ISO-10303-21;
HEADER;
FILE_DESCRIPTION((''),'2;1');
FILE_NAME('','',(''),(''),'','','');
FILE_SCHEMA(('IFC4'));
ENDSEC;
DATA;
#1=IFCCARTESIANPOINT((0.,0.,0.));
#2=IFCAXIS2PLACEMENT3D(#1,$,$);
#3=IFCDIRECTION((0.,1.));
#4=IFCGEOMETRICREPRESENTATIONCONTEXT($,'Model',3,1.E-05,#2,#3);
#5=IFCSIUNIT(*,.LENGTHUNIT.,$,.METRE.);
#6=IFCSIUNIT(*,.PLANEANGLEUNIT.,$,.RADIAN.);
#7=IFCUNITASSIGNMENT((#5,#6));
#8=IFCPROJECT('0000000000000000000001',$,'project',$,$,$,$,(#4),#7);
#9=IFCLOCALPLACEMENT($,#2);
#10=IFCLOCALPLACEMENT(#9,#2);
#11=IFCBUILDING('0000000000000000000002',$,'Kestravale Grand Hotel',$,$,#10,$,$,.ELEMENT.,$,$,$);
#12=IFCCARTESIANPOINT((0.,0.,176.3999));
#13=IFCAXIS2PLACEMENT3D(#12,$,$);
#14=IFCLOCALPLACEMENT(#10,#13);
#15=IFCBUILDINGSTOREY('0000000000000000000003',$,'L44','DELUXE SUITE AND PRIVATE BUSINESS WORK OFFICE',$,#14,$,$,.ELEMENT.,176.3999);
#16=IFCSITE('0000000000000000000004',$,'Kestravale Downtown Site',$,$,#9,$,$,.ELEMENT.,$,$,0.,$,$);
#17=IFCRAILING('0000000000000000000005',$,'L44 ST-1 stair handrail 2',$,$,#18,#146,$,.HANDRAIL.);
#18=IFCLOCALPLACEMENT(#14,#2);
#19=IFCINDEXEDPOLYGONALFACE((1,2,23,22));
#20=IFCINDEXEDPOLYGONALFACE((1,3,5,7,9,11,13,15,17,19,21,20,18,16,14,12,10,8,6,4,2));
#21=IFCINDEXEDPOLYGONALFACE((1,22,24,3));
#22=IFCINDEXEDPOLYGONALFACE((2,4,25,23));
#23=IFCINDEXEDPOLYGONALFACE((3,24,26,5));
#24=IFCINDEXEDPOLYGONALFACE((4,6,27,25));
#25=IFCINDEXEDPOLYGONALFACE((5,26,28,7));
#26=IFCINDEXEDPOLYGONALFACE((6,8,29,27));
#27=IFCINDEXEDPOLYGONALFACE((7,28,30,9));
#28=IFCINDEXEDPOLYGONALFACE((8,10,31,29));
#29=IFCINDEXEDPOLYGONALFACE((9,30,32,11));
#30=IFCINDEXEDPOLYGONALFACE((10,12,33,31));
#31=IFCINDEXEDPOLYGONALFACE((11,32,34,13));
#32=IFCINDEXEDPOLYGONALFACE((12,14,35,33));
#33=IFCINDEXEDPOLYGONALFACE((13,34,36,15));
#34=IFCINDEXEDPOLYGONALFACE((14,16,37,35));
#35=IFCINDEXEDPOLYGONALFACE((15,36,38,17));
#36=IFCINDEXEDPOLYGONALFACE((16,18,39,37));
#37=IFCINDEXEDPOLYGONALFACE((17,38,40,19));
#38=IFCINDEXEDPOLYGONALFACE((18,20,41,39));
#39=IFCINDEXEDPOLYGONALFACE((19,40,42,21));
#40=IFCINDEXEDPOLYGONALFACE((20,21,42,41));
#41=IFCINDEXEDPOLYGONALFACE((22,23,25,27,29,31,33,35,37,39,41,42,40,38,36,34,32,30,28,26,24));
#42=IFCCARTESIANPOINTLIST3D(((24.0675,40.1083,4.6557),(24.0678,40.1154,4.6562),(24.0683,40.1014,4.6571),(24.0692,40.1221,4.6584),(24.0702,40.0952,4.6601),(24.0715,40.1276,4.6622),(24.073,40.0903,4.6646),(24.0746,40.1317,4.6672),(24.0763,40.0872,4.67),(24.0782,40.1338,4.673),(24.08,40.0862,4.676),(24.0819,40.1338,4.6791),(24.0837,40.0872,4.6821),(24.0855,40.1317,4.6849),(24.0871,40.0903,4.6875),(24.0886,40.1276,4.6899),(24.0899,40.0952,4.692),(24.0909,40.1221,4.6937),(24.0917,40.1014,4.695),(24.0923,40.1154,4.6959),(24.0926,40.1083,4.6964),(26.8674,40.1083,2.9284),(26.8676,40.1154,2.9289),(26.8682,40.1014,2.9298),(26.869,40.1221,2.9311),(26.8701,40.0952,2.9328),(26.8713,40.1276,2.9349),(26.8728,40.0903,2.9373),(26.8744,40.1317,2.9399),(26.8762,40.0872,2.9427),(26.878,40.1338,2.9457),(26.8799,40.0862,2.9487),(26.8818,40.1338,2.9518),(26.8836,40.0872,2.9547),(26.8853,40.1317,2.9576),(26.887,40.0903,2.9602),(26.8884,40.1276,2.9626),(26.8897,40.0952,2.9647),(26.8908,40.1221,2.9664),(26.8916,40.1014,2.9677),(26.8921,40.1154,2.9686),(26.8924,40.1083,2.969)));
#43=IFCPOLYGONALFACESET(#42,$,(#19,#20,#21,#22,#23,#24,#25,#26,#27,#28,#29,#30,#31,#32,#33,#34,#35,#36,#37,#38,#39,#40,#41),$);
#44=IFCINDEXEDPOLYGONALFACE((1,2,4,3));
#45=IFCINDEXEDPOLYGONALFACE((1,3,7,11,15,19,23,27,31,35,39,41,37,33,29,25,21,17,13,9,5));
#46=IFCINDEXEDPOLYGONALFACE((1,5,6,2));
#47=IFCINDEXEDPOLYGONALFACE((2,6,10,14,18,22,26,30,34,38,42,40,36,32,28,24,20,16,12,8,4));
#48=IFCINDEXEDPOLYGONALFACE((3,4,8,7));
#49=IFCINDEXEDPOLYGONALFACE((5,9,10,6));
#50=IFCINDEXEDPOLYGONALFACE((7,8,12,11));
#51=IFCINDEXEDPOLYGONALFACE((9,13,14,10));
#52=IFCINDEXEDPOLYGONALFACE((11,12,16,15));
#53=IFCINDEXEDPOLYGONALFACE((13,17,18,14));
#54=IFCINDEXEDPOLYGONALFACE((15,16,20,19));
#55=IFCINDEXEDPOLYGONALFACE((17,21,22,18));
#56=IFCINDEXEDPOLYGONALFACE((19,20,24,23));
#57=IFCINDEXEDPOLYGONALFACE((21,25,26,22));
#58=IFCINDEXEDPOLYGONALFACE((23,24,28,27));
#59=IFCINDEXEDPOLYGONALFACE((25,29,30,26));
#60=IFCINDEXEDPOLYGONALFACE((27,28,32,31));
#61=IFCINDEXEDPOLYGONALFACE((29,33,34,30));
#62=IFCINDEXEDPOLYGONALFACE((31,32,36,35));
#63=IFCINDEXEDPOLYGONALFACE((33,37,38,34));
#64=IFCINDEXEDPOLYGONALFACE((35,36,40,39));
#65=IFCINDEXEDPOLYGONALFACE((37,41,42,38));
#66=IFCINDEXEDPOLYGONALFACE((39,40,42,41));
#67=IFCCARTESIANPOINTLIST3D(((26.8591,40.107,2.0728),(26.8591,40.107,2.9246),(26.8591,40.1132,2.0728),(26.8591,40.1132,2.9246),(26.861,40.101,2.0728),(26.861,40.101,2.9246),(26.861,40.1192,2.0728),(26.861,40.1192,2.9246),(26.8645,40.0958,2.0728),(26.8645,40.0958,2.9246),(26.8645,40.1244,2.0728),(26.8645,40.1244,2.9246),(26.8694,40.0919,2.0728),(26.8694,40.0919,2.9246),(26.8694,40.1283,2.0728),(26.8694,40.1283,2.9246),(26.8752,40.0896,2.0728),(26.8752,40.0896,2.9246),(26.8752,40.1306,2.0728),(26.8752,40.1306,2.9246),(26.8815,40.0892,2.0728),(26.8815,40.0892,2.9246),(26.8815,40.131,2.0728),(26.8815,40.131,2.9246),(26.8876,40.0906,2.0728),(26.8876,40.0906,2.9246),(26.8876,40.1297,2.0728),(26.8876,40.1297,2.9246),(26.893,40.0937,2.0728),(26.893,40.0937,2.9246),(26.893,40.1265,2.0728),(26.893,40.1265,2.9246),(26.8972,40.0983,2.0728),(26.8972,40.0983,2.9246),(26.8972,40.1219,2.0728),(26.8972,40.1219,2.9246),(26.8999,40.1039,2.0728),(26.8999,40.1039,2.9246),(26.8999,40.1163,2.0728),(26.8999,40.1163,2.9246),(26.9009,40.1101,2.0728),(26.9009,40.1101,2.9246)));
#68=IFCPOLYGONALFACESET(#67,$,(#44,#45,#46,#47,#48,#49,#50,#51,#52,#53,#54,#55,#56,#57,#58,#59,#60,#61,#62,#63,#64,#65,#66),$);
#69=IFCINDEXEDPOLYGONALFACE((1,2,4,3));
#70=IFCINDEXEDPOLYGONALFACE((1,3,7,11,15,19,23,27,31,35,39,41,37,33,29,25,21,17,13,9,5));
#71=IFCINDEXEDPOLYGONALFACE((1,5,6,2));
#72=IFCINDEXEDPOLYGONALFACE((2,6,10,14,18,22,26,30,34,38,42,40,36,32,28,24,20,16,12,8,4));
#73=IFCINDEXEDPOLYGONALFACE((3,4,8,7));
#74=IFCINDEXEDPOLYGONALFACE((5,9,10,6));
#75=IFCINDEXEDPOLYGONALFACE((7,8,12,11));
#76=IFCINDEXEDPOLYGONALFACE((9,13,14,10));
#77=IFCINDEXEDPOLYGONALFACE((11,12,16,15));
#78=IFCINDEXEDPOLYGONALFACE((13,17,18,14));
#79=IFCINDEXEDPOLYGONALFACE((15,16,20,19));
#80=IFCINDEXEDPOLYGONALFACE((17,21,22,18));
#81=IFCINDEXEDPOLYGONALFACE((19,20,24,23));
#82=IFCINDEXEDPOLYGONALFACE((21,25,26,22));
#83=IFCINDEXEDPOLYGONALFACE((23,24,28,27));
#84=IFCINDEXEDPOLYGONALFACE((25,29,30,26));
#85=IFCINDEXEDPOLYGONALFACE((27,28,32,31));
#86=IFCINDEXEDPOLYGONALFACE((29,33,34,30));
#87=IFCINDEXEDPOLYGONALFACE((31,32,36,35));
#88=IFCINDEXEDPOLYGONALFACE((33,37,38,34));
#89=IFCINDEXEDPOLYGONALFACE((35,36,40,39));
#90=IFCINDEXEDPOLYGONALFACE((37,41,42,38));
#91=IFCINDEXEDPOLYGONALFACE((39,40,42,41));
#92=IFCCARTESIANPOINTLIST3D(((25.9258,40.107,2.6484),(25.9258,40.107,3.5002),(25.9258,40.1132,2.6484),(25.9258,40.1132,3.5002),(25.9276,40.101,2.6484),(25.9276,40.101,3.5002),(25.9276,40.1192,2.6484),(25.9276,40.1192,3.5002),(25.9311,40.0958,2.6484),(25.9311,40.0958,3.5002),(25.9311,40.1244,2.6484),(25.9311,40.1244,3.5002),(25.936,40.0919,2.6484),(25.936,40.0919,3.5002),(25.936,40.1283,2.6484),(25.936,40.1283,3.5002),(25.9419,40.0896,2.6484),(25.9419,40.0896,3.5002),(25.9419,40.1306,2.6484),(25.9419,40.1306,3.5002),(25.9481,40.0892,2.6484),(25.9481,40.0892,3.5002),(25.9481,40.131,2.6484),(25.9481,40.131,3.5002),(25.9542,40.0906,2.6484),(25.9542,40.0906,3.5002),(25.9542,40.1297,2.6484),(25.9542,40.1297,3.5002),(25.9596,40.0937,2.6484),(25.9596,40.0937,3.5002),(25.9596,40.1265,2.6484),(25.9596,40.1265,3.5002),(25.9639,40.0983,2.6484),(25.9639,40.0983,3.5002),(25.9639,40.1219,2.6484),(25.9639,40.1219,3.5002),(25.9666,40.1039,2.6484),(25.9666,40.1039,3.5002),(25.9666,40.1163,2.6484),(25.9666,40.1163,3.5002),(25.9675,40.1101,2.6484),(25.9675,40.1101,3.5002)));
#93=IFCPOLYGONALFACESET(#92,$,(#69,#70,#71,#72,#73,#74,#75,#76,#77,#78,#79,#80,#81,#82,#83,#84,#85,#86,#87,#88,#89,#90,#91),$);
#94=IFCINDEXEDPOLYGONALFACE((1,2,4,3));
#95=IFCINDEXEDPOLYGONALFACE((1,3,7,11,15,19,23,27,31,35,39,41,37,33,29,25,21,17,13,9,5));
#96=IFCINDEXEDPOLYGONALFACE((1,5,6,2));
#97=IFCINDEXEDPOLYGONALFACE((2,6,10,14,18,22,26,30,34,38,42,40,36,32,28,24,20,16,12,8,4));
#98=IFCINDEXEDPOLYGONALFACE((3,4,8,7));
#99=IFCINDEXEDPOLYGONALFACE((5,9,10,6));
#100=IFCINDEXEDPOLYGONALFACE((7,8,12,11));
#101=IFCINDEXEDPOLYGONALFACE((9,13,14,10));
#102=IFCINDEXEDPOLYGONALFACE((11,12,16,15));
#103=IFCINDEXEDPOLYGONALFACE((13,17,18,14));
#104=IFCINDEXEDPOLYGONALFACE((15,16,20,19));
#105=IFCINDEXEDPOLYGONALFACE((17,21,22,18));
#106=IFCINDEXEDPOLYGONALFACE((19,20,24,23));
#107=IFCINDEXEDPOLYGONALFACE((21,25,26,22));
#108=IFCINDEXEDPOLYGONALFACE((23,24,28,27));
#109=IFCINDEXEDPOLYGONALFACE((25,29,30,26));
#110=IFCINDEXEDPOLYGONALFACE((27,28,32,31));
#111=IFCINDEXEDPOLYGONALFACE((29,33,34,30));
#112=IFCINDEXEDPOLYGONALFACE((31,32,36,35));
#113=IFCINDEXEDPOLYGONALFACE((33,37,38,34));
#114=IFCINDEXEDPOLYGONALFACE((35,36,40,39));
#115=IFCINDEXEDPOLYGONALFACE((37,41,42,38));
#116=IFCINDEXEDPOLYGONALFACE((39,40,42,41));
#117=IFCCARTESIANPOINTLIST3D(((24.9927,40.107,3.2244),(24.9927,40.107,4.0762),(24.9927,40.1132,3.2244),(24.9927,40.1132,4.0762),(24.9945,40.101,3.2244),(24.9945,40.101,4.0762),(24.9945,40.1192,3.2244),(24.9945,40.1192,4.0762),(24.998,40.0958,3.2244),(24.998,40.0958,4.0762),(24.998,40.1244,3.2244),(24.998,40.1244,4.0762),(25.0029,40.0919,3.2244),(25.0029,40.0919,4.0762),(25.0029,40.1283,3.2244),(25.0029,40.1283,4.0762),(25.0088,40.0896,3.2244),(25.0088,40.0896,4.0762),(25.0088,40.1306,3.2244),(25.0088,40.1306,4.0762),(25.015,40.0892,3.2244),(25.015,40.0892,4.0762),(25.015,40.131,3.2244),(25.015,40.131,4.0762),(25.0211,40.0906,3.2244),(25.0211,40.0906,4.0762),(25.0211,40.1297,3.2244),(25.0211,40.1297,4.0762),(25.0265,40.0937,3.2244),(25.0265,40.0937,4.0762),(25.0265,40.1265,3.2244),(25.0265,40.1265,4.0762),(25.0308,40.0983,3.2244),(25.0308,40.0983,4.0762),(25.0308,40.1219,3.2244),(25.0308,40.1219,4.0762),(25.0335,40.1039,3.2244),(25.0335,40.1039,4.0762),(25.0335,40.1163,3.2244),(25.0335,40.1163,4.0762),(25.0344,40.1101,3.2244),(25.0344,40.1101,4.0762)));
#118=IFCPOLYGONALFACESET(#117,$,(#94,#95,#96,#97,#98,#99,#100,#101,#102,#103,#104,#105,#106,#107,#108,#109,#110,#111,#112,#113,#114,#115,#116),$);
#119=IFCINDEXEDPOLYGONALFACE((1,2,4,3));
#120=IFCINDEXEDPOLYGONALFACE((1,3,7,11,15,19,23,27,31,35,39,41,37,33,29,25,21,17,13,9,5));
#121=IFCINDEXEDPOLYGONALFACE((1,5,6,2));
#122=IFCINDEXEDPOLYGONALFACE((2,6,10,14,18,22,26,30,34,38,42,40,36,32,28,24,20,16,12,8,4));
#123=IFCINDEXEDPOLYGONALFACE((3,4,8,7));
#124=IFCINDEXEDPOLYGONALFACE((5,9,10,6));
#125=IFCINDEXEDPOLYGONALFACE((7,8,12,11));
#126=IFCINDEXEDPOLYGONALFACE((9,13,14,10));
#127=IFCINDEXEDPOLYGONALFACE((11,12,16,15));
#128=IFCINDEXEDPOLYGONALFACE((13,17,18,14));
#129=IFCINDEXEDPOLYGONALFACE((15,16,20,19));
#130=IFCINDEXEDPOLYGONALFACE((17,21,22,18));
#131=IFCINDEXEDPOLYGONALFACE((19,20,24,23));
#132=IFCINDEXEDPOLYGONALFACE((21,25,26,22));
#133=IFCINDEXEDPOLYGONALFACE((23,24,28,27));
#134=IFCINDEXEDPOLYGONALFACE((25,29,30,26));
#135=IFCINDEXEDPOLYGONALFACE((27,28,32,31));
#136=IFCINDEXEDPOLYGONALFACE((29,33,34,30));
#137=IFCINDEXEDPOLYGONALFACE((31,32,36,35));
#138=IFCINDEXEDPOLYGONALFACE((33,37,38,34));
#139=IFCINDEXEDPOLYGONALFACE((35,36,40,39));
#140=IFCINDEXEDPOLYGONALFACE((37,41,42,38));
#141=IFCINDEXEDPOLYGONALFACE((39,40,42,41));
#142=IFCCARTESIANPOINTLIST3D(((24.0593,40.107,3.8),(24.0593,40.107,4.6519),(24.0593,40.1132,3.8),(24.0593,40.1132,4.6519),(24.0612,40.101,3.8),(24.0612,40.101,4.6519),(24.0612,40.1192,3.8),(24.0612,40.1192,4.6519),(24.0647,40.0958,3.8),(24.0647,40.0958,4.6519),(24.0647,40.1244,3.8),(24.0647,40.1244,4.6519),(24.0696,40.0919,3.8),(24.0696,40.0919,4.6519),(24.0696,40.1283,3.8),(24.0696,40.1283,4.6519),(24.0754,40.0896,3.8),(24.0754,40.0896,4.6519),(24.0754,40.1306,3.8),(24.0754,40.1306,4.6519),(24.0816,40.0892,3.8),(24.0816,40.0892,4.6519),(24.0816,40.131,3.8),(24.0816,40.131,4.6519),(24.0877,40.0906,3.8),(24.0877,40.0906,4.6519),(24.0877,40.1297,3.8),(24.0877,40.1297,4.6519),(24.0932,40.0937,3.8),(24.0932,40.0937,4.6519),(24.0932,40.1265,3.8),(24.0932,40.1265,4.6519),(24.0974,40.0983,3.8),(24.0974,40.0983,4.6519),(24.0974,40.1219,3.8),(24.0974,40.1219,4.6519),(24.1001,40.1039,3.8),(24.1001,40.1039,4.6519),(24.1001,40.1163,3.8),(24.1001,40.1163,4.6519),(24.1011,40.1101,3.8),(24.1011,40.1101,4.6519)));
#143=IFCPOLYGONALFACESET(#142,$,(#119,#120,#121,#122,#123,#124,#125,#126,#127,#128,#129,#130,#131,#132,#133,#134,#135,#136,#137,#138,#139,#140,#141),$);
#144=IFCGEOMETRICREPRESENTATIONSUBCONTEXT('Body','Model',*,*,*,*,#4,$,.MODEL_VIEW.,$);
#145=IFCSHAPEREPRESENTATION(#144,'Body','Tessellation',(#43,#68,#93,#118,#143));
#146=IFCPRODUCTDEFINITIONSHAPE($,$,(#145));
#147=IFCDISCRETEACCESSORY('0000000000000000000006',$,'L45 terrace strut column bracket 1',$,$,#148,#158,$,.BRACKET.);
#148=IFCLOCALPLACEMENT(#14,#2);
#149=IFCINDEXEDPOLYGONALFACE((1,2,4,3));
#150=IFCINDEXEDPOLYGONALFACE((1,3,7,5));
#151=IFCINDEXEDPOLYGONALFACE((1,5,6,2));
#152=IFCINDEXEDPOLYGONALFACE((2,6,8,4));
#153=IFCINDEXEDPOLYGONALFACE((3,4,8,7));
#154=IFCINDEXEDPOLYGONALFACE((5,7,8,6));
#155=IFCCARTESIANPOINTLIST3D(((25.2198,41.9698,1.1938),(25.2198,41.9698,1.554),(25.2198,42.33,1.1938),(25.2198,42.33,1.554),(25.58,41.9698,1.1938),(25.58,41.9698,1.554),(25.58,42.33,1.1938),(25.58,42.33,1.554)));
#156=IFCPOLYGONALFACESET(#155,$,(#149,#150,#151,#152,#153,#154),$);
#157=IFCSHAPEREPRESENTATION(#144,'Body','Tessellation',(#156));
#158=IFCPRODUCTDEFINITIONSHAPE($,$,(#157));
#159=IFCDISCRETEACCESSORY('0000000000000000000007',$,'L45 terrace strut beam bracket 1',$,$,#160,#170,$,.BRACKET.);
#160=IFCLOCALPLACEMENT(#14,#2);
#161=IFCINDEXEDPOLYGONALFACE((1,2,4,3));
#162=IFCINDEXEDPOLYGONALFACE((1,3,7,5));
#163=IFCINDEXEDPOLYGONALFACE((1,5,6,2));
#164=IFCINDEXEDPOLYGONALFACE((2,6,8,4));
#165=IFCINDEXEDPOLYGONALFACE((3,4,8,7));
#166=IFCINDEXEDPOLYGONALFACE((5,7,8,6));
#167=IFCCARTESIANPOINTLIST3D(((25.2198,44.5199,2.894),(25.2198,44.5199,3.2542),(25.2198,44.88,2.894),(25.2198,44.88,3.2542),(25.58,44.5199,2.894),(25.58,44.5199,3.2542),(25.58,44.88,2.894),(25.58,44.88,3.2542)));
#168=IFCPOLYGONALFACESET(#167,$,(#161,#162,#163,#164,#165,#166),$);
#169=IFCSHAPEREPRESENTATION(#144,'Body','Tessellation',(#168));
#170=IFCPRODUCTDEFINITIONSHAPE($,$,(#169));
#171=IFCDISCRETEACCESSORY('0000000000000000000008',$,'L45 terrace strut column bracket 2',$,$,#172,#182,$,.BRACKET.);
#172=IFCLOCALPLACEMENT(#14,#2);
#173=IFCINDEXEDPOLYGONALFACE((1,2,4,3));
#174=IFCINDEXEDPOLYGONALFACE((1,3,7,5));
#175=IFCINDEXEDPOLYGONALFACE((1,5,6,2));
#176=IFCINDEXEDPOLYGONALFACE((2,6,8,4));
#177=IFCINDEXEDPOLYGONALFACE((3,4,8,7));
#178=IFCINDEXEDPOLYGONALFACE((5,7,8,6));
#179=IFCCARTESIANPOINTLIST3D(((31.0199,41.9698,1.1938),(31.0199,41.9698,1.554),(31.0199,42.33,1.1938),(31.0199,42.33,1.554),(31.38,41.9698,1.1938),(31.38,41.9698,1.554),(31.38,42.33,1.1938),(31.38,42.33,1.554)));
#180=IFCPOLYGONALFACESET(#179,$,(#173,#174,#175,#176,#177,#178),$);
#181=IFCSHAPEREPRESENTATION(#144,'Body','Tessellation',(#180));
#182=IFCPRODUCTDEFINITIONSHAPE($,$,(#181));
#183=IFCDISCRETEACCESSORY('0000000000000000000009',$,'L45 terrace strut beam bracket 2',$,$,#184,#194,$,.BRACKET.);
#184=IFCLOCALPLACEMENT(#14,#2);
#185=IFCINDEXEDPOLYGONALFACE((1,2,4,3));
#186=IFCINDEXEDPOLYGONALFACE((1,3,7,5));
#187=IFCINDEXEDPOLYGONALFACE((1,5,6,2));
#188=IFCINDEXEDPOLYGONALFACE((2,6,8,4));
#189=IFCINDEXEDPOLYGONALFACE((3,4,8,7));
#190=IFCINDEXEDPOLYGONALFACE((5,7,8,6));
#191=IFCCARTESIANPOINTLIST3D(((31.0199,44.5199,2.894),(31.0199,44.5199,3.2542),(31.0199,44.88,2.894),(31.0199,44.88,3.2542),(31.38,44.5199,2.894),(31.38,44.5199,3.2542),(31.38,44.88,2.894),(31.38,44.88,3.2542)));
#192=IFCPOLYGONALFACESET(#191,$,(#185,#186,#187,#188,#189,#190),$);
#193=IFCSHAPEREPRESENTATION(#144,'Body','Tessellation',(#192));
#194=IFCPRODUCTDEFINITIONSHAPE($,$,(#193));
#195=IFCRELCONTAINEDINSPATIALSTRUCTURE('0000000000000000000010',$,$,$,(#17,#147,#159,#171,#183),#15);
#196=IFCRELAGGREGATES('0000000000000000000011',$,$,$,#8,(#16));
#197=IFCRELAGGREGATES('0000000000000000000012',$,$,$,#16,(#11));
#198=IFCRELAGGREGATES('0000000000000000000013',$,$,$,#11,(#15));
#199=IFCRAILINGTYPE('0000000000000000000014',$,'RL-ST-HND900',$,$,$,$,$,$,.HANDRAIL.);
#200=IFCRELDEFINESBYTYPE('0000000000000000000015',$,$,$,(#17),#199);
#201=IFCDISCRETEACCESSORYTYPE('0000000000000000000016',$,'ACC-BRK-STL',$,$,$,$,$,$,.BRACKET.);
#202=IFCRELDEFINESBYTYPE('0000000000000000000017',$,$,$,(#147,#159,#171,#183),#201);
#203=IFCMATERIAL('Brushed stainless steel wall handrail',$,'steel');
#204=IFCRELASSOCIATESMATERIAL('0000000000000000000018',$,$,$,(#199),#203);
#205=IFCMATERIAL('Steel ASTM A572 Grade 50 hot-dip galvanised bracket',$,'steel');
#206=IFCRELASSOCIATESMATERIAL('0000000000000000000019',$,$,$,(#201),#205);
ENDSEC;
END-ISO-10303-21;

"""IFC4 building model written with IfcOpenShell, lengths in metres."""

from ifc_helpers import new_model, si_unit, direction, frame, origin, origin_2d, place, context, subcontext, project, spatial, rectangle, circle, extrude, material, type_object, element, save


model = new_model("IFC4")

# Units and contexts
model_context = context("Model", 3, precision=1e-05, world=origin(), true_north=direction((0.0, 1.0)))
body_context = subcontext(model_context, "Body", "Model", "MODEL_VIEW")
ifc_project = project(units=[si_unit("LENGTHUNIT", "METRE"), si_unit("PLANEANGLEUNIT", "RADIAN")], contexts=[model_context])

# Site, building, storey
site_placement = place(None, origin())
site = spatial("IfcSite", under=ifc_project, at=site_placement, Name="Kestravale Downtown Site", CompositionType="ELEMENT", RefElevation=0.0)
building_placement = place(site_placement, origin())
building = spatial("IfcBuilding", under=site, at=building_placement, Name="Kestravale Grand Hotel", CompositionType="ELEMENT")
storey_placement = place(building_placement, frame((0.0, 0.0, 176.3999)))
storey = spatial("IfcBuildingStorey", under=building, at=storey_placement, Name="L44", Description="DELUXE SUITE AND PRIVATE BUSINESS WORK OFFICE", CompositionType="ELEMENT", Elevation=176.3999)

# Railing
ifc_material_1 = material(Name="Brushed stainless steel wall handrail", Category="steel")
railing_type_1 = type_object("IfcRailingType", Name="RL-ST-HND900", PredefinedType="HANDRAIL", material=ifc_material_1)
railing_1_placement = place(storey_placement, frame((26.8799, 40.1101, 2.0728)))
element("IfcRailing", 1, at=railing_1_placement, inside=storey, type_object=railing_type_1, Name="L44 ST-1 stair handrail 2", PredefinedType="HANDRAIL", context=body_context, shape_type="SweptSolid", body=[
    extrude(circle(Radius=0.0239, at=origin_2d()), frame((0.0, 0.0, 0.876), z_axis=(-0.851069, 0.0, 0.525054), x_axis=(0.0, -1.0, 0.0)), (0.0, 0.0, 1.0), 3.2898),
    extrude(circle(Radius=0.021, at=origin_2d()), origin(), (0.0, 0.0, 1.0), 0.8518),
    extrude(circle(Radius=0.021, at=origin_2d()), frame((-0.9333, 0.0, 0.5757)), (0.0, 0.0, 1.0), 0.8518),
    extrude(circle(Radius=0.021, at=origin_2d()), frame((-1.8665, 0.0, 1.1516)), (0.0, 0.0, 1.0), 0.8518),
    extrude(circle(Radius=0.021, at=origin_2d()), frame((-2.7998, 0.0, 1.7273)), (0.0, 0.0, 1.0), 0.8518),
])

# Discrete accessories
ifc_material_2 = material(Name="Steel ASTM A572 Grade 50 hot-dip galvanised bracket", Category="steel")
discrete_accessory_type = type_object("IfcDiscreteAccessoryType", Name="ACC-BRK-STL", PredefinedType="BRACKET", material=ifc_material_2)
for number, where, z_axis, x_axis, name in (
    (2, (25.3999, 42.1499, 1.1938), (0.0, 0.0, 1.0), (1.0, 0.0, 0.0), "L45 terrace strut column bracket 1"),
    (3, (25.3999, 44.7, 2.894), (0.0, 0.0, 1.0), (1.0, 0.0, 0.0), "L45 terrace strut beam bracket 1"),
    (4, (31.2, 42.1499, 1.1938), (0.0, 0.0, 1.0), (1.0, 0.0, 0.0), "L45 terrace strut column bracket 2"),
    (5, (31.2, 44.7, 2.894), (0.0, 0.0, 1.0), (1.0, 0.0, 0.0), "L45 terrace strut beam bracket 2"),
):
    element("IfcDiscreteAccessory", number, at=place(storey_placement, frame(where, z_axis=z_axis, x_axis=x_axis)), inside=storey, type_object=discrete_accessory_type, Name=name, PredefinedType="BRACKET", context=body_context, shape_type="SweptSolid", body=[
        extrude(rectangle(XDim=0.3601, YDim=0.3601, at=origin_2d()), origin(), (0.0, 0.0, 1.0), 0.3601),
    ])

save(model, "model.ifc")
